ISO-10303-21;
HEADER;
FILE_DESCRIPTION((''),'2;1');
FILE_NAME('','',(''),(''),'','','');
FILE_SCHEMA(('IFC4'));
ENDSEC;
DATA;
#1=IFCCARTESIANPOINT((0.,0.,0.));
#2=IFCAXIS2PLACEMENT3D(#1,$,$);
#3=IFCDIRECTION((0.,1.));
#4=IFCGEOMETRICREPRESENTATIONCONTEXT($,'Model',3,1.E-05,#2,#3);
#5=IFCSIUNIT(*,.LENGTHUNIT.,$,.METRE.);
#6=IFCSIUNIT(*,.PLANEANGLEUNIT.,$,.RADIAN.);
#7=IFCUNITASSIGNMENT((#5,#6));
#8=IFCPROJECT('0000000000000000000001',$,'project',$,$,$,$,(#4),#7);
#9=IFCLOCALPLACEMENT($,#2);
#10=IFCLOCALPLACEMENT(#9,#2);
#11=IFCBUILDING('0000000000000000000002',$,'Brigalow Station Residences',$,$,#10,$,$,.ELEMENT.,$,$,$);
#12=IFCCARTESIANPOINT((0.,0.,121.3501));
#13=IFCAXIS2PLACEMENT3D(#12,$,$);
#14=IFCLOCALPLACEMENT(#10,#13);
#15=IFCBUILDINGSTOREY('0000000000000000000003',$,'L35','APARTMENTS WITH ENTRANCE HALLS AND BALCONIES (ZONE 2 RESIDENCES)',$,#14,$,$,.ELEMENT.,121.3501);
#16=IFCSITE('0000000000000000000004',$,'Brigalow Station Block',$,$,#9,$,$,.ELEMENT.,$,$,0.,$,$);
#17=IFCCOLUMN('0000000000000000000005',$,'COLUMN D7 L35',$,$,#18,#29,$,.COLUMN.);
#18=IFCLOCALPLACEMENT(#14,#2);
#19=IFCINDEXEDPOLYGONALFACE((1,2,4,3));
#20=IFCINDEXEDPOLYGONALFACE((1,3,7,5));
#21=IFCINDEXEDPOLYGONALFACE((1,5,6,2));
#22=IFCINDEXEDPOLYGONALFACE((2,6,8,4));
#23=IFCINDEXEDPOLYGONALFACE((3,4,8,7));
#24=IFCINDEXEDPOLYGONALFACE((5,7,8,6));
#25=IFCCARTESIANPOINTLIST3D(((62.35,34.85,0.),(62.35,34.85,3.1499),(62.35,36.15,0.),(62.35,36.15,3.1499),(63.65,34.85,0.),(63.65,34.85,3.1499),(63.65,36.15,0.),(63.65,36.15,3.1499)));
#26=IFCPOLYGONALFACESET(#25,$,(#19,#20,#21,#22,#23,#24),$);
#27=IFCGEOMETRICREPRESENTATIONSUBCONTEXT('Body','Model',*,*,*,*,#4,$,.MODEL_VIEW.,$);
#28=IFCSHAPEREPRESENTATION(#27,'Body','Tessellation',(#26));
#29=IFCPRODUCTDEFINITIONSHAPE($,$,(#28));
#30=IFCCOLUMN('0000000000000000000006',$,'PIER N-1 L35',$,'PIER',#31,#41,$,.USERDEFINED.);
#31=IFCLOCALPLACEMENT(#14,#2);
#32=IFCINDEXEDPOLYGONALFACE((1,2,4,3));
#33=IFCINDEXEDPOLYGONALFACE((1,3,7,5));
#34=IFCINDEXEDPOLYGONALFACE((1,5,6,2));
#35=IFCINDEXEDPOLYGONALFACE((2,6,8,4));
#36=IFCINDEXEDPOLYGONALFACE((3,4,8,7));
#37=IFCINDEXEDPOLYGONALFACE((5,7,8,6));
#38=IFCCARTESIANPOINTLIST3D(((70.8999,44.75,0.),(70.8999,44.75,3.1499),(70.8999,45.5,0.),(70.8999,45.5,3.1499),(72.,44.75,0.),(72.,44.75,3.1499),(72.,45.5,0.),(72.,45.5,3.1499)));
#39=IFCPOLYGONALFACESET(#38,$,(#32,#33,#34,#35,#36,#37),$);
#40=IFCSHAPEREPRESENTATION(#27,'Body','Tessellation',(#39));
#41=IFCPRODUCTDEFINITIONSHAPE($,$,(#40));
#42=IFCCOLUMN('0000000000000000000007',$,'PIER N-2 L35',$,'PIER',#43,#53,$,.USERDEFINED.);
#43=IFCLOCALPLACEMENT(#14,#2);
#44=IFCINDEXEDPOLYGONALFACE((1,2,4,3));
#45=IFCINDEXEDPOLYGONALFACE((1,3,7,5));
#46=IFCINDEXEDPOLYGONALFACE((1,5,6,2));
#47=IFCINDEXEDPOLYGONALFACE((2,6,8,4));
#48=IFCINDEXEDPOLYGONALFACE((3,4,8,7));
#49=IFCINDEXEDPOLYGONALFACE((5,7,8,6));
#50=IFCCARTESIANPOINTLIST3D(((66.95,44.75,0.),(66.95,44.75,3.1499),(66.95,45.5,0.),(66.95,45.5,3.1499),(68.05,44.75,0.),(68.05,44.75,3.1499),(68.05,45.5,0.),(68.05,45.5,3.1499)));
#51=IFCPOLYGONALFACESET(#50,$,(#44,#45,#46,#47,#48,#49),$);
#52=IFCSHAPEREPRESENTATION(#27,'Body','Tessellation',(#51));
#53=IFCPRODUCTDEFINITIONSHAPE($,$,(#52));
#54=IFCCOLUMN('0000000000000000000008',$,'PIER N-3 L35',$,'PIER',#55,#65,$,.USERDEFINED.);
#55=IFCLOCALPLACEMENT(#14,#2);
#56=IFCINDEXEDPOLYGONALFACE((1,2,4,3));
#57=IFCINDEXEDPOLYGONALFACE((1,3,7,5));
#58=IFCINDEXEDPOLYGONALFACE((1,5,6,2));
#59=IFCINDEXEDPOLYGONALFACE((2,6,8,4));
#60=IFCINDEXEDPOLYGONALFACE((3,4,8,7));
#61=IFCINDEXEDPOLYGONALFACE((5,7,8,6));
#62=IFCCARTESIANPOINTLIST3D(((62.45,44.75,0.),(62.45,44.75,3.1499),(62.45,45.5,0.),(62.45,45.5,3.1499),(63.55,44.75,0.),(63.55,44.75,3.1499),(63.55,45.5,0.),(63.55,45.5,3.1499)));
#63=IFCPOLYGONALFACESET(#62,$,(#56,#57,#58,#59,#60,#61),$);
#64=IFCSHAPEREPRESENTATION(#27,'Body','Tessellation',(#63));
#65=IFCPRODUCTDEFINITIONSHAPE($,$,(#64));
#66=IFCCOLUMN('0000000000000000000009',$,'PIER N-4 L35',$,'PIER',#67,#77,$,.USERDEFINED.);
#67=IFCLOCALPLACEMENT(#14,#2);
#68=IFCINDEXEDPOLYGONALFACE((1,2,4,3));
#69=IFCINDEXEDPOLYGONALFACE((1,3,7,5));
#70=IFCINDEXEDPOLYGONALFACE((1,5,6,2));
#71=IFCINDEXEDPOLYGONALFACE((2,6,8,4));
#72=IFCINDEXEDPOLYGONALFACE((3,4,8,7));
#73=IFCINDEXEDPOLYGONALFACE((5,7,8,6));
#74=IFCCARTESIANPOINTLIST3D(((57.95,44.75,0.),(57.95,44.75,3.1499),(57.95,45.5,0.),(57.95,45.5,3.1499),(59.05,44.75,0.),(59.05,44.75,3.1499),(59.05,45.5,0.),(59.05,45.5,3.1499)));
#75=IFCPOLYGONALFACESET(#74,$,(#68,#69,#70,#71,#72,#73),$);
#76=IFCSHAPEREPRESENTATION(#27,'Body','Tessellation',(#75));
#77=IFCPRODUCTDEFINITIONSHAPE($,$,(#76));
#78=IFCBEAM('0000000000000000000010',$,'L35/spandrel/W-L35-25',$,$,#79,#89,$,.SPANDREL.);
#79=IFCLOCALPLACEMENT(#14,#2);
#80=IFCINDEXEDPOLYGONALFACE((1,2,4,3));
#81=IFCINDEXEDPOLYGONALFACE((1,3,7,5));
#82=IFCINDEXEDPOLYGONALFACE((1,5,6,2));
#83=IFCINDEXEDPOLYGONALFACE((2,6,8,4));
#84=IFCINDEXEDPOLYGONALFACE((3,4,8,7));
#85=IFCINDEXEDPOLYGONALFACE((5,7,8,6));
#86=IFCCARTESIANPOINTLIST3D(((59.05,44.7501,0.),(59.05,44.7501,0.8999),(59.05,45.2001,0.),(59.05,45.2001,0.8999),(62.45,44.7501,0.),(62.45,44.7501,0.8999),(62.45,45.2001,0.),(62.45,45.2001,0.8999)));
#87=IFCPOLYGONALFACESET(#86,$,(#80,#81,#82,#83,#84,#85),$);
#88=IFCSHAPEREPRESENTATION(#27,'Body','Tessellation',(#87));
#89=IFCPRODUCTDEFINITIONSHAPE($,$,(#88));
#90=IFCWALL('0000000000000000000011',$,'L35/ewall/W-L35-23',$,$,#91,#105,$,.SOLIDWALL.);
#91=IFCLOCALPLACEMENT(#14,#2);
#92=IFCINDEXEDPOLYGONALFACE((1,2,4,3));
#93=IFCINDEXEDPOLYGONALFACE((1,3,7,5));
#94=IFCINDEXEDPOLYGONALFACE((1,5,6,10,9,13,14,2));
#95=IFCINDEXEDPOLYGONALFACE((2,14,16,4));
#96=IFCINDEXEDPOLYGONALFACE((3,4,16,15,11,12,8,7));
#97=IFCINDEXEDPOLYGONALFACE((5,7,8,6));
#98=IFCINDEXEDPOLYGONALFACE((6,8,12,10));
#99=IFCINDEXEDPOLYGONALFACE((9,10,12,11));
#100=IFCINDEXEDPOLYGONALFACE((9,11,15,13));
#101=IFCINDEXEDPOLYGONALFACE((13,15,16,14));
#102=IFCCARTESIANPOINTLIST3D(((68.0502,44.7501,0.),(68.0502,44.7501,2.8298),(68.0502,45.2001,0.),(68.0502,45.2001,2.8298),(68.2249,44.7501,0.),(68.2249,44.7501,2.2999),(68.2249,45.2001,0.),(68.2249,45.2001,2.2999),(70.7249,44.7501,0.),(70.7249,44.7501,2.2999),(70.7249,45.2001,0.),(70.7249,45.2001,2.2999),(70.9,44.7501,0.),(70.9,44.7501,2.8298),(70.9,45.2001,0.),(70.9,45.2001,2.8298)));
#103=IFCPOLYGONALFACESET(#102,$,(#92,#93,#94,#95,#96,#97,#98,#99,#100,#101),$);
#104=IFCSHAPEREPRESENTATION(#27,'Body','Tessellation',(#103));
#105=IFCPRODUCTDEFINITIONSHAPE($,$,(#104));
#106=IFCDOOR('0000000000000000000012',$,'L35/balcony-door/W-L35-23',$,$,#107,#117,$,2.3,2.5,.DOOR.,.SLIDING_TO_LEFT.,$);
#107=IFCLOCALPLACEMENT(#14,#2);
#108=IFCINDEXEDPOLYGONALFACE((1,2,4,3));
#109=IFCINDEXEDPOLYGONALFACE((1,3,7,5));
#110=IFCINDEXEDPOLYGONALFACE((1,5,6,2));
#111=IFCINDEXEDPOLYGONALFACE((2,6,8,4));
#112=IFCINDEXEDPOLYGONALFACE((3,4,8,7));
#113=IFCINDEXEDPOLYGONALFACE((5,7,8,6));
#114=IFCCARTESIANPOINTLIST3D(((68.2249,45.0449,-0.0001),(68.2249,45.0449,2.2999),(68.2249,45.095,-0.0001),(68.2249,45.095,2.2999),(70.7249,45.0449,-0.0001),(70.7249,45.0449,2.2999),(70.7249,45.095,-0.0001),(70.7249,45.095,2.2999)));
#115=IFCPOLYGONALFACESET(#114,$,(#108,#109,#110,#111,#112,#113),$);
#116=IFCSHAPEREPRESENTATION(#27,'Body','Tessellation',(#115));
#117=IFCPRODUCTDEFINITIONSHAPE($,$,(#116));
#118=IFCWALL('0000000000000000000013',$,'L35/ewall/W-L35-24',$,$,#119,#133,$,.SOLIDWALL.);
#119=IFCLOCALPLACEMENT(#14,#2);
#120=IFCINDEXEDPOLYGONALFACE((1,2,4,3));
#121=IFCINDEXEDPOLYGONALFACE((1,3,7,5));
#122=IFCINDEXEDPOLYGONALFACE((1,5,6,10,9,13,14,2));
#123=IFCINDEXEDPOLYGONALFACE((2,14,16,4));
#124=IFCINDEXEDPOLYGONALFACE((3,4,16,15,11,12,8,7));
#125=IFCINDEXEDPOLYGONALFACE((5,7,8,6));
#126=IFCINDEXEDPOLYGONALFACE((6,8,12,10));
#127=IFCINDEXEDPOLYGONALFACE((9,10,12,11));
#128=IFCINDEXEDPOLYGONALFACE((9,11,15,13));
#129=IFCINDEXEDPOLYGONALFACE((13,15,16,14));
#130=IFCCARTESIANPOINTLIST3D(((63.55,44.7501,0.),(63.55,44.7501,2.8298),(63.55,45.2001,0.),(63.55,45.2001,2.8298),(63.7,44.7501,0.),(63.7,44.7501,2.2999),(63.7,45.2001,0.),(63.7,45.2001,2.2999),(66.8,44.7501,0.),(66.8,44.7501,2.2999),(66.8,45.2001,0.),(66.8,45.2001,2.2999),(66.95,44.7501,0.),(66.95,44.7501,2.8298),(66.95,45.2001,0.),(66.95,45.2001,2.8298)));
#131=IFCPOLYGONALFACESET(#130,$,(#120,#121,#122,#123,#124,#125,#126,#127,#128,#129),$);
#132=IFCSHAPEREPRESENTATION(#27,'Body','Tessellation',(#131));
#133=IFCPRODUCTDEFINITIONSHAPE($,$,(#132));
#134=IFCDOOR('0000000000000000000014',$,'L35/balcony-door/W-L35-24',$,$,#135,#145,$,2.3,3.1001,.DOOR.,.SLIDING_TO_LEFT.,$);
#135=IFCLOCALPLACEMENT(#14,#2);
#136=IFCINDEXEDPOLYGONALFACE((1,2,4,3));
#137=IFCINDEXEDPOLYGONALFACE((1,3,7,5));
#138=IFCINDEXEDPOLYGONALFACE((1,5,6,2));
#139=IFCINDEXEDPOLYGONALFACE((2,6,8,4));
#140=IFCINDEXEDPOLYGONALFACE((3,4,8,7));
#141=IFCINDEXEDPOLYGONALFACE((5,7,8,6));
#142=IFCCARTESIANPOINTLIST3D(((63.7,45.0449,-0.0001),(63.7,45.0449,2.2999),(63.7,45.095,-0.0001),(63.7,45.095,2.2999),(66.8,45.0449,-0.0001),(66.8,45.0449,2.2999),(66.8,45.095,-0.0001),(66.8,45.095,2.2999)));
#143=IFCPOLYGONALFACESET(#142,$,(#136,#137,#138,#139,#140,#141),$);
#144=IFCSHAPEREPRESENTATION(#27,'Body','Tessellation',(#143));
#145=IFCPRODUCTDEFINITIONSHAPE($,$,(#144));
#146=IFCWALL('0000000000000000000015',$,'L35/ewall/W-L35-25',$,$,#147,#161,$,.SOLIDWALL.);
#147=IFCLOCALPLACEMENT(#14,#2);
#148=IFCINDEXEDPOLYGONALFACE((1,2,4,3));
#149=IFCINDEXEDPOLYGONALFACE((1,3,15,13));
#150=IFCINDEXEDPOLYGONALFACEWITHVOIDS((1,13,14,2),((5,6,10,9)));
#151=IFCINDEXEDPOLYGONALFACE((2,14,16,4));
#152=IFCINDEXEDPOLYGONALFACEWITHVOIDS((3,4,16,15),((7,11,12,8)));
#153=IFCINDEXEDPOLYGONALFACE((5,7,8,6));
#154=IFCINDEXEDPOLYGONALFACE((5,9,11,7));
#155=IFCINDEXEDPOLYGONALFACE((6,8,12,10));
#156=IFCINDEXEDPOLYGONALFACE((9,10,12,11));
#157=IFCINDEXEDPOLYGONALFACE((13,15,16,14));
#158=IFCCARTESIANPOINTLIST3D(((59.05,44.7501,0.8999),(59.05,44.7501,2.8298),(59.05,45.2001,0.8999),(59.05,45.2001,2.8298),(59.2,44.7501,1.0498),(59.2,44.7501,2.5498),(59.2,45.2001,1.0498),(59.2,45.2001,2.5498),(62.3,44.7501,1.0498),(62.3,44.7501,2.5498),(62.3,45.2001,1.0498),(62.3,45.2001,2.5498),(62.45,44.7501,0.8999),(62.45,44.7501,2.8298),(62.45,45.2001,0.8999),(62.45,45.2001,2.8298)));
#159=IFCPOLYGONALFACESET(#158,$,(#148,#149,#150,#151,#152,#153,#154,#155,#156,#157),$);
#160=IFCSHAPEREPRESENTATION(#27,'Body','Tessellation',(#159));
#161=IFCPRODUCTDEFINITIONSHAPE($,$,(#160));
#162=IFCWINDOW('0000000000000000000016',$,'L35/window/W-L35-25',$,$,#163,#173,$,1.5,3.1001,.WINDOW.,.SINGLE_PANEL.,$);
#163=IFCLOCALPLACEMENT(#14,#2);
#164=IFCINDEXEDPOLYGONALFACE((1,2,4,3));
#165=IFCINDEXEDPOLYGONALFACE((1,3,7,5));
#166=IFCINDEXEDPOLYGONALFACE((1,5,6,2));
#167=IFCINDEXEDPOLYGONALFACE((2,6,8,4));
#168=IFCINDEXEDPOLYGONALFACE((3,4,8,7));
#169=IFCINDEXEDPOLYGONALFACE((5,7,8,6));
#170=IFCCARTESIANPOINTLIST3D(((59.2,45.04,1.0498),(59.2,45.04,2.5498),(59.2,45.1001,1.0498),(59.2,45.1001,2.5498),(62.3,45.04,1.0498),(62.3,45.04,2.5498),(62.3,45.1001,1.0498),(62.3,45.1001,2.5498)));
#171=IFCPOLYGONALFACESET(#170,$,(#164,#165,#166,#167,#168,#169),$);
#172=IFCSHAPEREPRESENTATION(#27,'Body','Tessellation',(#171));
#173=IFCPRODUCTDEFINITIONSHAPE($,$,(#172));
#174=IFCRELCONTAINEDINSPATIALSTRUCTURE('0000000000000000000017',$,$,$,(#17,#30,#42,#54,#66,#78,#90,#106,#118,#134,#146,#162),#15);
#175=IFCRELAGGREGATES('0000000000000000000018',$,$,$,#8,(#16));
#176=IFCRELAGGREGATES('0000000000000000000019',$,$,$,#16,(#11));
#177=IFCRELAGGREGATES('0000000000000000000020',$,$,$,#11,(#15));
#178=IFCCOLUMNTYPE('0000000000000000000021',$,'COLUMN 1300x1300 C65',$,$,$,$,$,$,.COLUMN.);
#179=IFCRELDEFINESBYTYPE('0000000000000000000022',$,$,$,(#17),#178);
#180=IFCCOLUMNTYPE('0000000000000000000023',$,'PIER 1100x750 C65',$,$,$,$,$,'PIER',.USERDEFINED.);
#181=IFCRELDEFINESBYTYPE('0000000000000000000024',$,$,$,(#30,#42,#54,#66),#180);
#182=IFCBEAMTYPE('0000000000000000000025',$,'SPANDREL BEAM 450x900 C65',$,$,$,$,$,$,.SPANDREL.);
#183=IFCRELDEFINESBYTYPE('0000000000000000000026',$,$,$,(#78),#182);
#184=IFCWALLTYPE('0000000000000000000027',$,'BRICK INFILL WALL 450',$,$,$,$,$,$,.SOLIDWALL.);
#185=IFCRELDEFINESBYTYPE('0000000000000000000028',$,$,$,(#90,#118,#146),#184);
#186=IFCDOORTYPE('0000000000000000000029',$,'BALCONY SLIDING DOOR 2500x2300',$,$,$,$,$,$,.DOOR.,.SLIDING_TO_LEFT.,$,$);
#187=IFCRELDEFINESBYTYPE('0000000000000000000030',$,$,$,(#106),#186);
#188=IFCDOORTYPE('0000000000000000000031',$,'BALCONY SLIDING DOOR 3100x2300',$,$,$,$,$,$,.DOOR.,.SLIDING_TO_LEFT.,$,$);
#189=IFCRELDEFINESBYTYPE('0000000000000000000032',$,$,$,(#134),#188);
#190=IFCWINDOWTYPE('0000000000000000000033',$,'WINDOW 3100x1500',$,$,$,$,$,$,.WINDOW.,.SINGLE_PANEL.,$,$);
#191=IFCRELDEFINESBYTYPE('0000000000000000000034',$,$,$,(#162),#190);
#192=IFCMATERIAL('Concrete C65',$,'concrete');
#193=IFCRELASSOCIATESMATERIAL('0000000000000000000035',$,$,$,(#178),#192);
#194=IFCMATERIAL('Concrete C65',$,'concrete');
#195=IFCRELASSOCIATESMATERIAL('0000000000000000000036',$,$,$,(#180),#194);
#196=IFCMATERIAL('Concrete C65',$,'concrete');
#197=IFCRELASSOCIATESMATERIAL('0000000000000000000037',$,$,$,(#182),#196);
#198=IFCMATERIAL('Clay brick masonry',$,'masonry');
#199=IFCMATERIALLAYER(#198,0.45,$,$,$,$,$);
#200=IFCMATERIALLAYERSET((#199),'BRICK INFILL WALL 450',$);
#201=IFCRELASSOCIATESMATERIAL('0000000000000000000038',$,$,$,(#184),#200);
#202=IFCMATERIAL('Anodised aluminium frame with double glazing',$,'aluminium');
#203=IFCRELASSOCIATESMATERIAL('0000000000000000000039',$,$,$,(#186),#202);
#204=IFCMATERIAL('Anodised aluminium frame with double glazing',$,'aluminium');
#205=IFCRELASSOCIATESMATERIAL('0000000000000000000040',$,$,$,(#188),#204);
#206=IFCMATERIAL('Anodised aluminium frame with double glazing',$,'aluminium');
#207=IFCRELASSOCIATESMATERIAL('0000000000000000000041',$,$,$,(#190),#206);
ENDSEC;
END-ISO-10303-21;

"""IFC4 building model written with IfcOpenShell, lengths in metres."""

from ifc_helpers import new_model, si_unit, direction, frame, frame_2d, origin, origin_2d, place, context, subcontext, project, spatial, rectangle, extrude, material, layer, layer_set, material_profile, profile_set, type_object, element, fill, save


model = new_model("IFC4")

# Units and contexts
model_context = context("Model", 3, precision=1e-05, world=origin(), true_north=direction((0.0, 1.0)))
body_context = subcontext(model_context, "Body", "Model", "MODEL_VIEW")
ifc_project = project(units=[si_unit("LENGTHUNIT", "METRE"), si_unit("PLANEANGLEUNIT", "RADIAN")], contexts=[model_context])

# Site, building, storey
site_placement = place(None, origin())
site = spatial("IfcSite", under=ifc_project, at=site_placement, Name="Brigalow Station Block", CompositionType="ELEMENT", RefElevation=0.0)
building_placement = place(site_placement, origin())
building = spatial("IfcBuilding", under=site, at=building_placement, Name="Brigalow Station Residences", CompositionType="ELEMENT")
storey_placement = place(building_placement, frame((0.0, 0.0, 121.3501)))
storey = spatial("IfcBuildingStorey", under=building, at=storey_placement, Name="L35", Description="APARTMENTS WITH ENTRANCE HALLS AND BALCONIES (ZONE 2 RESIDENCES)", CompositionType="ELEMENT", Elevation=121.3501)

# Columns
ifc_material_1 = material(Name="Concrete C65", Category="concrete")
ifc_material_profile_1 = material_profile(ifc_material_1, rectangle(XDim=1.3, YDim=1.3, at=origin_2d()), Name="RC1300x1300")
ifc_profile_set_1 = profile_set([ifc_material_profile_1], Name="Concrete C65")
column_type_1 = type_object("IfcColumnType", Name="COLUMN 1300x1300 C65", PredefinedType="COLUMN", material=ifc_profile_set_1)
column_placement = place(storey_placement, frame((63.0, 35.5, 0.0), z_axis=(0.0, 0.0, 1.0), x_axis=(1.0, 0.0, 0.0)))
element("IfcColumn", 1, at=column_placement, inside=storey, type_object=column_type_1, Name="COLUMN D7 L35", PredefinedType="COLUMN", context=body_context, shape_type="SweptSolid", body=[
    extrude(rectangle(XDim=1.3, YDim=1.3, at=origin_2d()), origin(), (0.0, 0.0, 1.0), 3.1499),
])
ifc_material_2 = material(Name="Concrete C65", Category="concrete")
ifc_material_profile_2 = material_profile(ifc_material_2, rectangle(XDim=1.1001, YDim=0.75, at=origin_2d()), Name="RC1100x750")
ifc_profile_set_2 = profile_set([ifc_material_profile_2], Name="Concrete C65")
column_type_2 = type_object("IfcColumnType", Name="PIER 1100x750 C65", ElementType="PIER", PredefinedType="USERDEFINED", material=ifc_profile_set_2)
for number, where, z_axis, x_axis, name in (
    (2, (71.45, 45.125, 0.0), (0.0, 0.0, 1.0), (-1.0, 0.0, 0.0), "PIER N-1 L35"),
    (3, (67.5, 45.125, 0.0), (0.0, 0.0, 1.0), (-1.0, 0.0, 0.0), "PIER N-2 L35"),
    (4, (63.0, 45.125, 0.0), (0.0, 0.0, 1.0), (-1.0, 0.0, 0.0), "PIER N-3 L35"),
    (5, (58.5, 45.125, 0.0), (0.0, 0.0, 1.0), (-1.0, 0.0, 0.0), "PIER N-4 L35"),
):
    element("IfcColumn", number, at=place(storey_placement, frame(where, z_axis=z_axis, x_axis=x_axis)), inside=storey, type_object=column_type_2, Name=name, ObjectType="PIER", PredefinedType="USERDEFINED", context=body_context, shape_type="SweptSolid", body=[
        extrude(rectangle(XDim=1.1001, YDim=0.75, at=origin_2d()), origin(), (0.0, 0.0, 1.0), 3.1499),
    ])

# Beam
ifc_material_3 = material(Name="Concrete C65", Category="concrete")
ifc_material_profile_3 = material_profile(ifc_material_3, rectangle(XDim=0.45, YDim=0.8999, at=origin_2d()), Name="RC450x900")
ifc_profile_set_3 = profile_set([ifc_material_profile_3], Name="Concrete C65")
beam_type = type_object("IfcBeamType", Name="SPANDREL BEAM 450x900 C65", PredefinedType="SPANDREL", material=ifc_profile_set_3)
beam_placement = place(storey_placement, frame((62.45, 44.9751, 0.45), z_axis=(-1.0, 0.0, 0.0), x_axis=(0.0, -1.0, 0.0)))
element("IfcBeam", 6, at=beam_placement, inside=storey, type_object=beam_type, Name="L35/spandrel/W-L35-25", PredefinedType="SPANDREL", context=body_context, shape_type="SweptSolid", body=[
    extrude(rectangle(XDim=0.45, YDim=0.8999, at=origin_2d()), origin(), (0.0, 0.0, 1.0), 3.3999),
])

# Walls, openings, doors
ifc_material_4 = material(Name="Clay brick masonry", Category="masonry")
ifc_layer_1 = layer(ifc_material_4, 0.45)
ifc_layer_set_1 = layer_set([ifc_layer_1], Name="BRICK INFILL WALL 450")
wall_type_1 = type_object("IfcWallType", Name="BRICK INFILL WALL 450", PredefinedType="SOLIDWALL", material=ifc_layer_set_1)
wall_1_placement = place(storey_placement, frame((70.8999, 44.9751, 0.0), z_axis=(0.0, 0.0, 1.0), x_axis=(-1.0, 0.0, 0.0)))
wall_1 = element("IfcWall", 7, at=wall_1_placement, inside=storey, type_object=wall_type_1, Name="L35/ewall/W-L35-23", PredefinedType="SOLIDWALL", context=body_context, shape_type="SweptSolid", body=[
    extrude(rectangle(XDim=2.8499, YDim=0.45, at=frame_2d((1.4248, 0.0))), origin(), (0.0, 0.0, 1.0), 2.8298),
])
opening_1_placement = place(wall_1_placement, frame((0.175, 0.0, 0.0)))
opening_1 = element("IfcOpeningElement", 8, at=opening_1_placement, cuts=wall_1, PredefinedType="OPENING", context=body_context, shape_type="SweptSolid", body=[
    extrude(rectangle(XDim=2.5, YDim=2.3, at=frame_2d((1.25, 1.1499))), frame((0.0, 0.2349, 0.0), z_axis=(0.0, -1.0, 0.0), x_axis=(1.0, 0.0, 0.0)), (0.0, 0.0, 1.0), 0.47),
])
ifc_material_5 = material(Name="Anodised aluminium frame with double glazing", Category="aluminium")
door_type_1 = type_object("IfcDoorType", Name="BALCONY SLIDING DOOR 2500x2300", OperationType="SLIDING_TO_LEFT", PredefinedType="DOOR", material=ifc_material_5)
door_1_placement = place(opening_1_placement, origin())
door_1 = element("IfcDoor", 9, at=door_1_placement, inside=storey, type_object=door_type_1, Name="L35/balcony-door/W-L35-23", OperationType="SLIDING_TO_LEFT", OverallHeight=2.3, OverallWidth=2.5, PredefinedType="DOOR", context=body_context, shape_type="SweptSolid", body=[
    extrude(rectangle(XDim=2.5, YDim=2.3, at=frame_2d((1.25, 1.1499))), frame((0.0, -0.0698, 0.0), z_axis=(0.0, -1.0, 0.0), x_axis=(1.0, 0.0, 0.0)), (0.0, 0.0, 1.0), 0.05),
])
fill(opening_1, door_1)
wall_2_placement = place(storey_placement, frame((66.95, 44.9751, 0.0), z_axis=(0.0, 0.0, 1.0), x_axis=(-1.0, 0.0, 0.0)))
wall_2 = element("IfcWall", 10, at=wall_2_placement, inside=storey, type_object=wall_type_1, Name="L35/ewall/W-L35-24", PredefinedType="SOLIDWALL", context=body_context, shape_type="SweptSolid", body=[
    extrude(rectangle(XDim=3.3999, YDim=0.45, at=frame_2d((1.7, 0.0))), origin(), (0.0, 0.0, 1.0), 2.8298),
])
opening_2_placement = place(wall_2_placement, frame((0.1499, 0.0, 0.0)))
opening_2 = element("IfcOpeningElement", 11, at=opening_2_placement, cuts=wall_2, PredefinedType="OPENING", context=body_context, shape_type="SweptSolid", body=[
    extrude(rectangle(XDim=3.1001, YDim=2.3, at=frame_2d((1.55, 1.1499))), frame((0.0, 0.2349, 0.0), z_axis=(0.0, -1.0, 0.0), x_axis=(1.0, 0.0, 0.0)), (0.0, 0.0, 1.0), 0.47),
])
ifc_material_6 = material(Name="Anodised aluminium frame with double glazing", Category="aluminium")
door_type_2 = type_object("IfcDoorType", Name="BALCONY SLIDING DOOR 3100x2300", OperationType="SLIDING_TO_LEFT", PredefinedType="DOOR", material=ifc_material_6)
door_2_placement = place(opening_2_placement, origin())
door_2 = element("IfcDoor", 12, at=door_2_placement, inside=storey, type_object=door_type_2, Name="L35/balcony-door/W-L35-24", OperationType="SLIDING_TO_LEFT", OverallHeight=2.3, OverallWidth=3.1001, PredefinedType="DOOR", context=body_context, shape_type="SweptSolid", body=[
    extrude(rectangle(XDim=3.1001, YDim=2.3, at=frame_2d((1.55, 1.1499))), frame((0.0, -0.0698, 0.0), z_axis=(0.0, -1.0, 0.0), x_axis=(1.0, 0.0, 0.0)), (0.0, 0.0, 1.0), 0.05),
])
fill(opening_2, door_2)

# Wall, opening, window
wall_3_placement = place(storey_placement, frame((62.45, 44.9751, 0.8999), z_axis=(0.0, 0.0, 1.0), x_axis=(-1.0, 0.0, 0.0)))
wall_3 = element("IfcWall", 13, at=wall_3_placement, inside=storey, type_object=wall_type_1, Name="L35/ewall/W-L35-25", PredefinedType="SOLIDWALL", context=body_context, shape_type="SweptSolid", body=[
    extrude(rectangle(XDim=3.3999, YDim=0.45, at=frame_2d((1.7, 0.0))), origin(), (0.0, 0.0, 1.0), 1.9299),
])
opening_3_placement = place(wall_3_placement, frame((0.1499, 0.0, 0.1499)))
opening_3 = element("IfcOpeningElement", 14, at=opening_3_placement, cuts=wall_3, PredefinedType="OPENING", context=body_context, shape_type="SweptSolid", body=[
    extrude(rectangle(XDim=3.1001, YDim=1.5, at=frame_2d((1.55, 0.75))), frame((0.0, 0.2349, 0.0), z_axis=(0.0, -1.0, 0.0), x_axis=(1.0, 0.0, 0.0)), (0.0, 0.0, 1.0), 0.47),
])
ifc_material_7 = material(Name="Anodised aluminium frame with double glazing", Category="aluminium")
window_type = type_object("IfcWindowType", Name="WINDOW 3100x1500", PartitioningType="SINGLE_PANEL", PredefinedType="WINDOW", material=ifc_material_7)
window_placement = place(opening_3_placement, origin())
window = element("IfcWindow", 15, at=window_placement, inside=storey, type_object=window_type, Name="L35/window/W-L35-25", OverallHeight=1.5, OverallWidth=3.1001, PartitioningType="SINGLE_PANEL", PredefinedType="WINDOW", context=body_context, shape_type="SweptSolid", body=[
    extrude(rectangle(XDim=3.1001, YDim=1.5, at=frame_2d((1.55, 0.75))), frame((0.0, -0.0649, 0.0), z_axis=(0.0, -1.0, 0.0), x_axis=(1.0, 0.0, 0.0)), (0.0, 0.0, 1.0), 0.0601),
])
fill(opening_3, window)

save(model, "model.ifc")
